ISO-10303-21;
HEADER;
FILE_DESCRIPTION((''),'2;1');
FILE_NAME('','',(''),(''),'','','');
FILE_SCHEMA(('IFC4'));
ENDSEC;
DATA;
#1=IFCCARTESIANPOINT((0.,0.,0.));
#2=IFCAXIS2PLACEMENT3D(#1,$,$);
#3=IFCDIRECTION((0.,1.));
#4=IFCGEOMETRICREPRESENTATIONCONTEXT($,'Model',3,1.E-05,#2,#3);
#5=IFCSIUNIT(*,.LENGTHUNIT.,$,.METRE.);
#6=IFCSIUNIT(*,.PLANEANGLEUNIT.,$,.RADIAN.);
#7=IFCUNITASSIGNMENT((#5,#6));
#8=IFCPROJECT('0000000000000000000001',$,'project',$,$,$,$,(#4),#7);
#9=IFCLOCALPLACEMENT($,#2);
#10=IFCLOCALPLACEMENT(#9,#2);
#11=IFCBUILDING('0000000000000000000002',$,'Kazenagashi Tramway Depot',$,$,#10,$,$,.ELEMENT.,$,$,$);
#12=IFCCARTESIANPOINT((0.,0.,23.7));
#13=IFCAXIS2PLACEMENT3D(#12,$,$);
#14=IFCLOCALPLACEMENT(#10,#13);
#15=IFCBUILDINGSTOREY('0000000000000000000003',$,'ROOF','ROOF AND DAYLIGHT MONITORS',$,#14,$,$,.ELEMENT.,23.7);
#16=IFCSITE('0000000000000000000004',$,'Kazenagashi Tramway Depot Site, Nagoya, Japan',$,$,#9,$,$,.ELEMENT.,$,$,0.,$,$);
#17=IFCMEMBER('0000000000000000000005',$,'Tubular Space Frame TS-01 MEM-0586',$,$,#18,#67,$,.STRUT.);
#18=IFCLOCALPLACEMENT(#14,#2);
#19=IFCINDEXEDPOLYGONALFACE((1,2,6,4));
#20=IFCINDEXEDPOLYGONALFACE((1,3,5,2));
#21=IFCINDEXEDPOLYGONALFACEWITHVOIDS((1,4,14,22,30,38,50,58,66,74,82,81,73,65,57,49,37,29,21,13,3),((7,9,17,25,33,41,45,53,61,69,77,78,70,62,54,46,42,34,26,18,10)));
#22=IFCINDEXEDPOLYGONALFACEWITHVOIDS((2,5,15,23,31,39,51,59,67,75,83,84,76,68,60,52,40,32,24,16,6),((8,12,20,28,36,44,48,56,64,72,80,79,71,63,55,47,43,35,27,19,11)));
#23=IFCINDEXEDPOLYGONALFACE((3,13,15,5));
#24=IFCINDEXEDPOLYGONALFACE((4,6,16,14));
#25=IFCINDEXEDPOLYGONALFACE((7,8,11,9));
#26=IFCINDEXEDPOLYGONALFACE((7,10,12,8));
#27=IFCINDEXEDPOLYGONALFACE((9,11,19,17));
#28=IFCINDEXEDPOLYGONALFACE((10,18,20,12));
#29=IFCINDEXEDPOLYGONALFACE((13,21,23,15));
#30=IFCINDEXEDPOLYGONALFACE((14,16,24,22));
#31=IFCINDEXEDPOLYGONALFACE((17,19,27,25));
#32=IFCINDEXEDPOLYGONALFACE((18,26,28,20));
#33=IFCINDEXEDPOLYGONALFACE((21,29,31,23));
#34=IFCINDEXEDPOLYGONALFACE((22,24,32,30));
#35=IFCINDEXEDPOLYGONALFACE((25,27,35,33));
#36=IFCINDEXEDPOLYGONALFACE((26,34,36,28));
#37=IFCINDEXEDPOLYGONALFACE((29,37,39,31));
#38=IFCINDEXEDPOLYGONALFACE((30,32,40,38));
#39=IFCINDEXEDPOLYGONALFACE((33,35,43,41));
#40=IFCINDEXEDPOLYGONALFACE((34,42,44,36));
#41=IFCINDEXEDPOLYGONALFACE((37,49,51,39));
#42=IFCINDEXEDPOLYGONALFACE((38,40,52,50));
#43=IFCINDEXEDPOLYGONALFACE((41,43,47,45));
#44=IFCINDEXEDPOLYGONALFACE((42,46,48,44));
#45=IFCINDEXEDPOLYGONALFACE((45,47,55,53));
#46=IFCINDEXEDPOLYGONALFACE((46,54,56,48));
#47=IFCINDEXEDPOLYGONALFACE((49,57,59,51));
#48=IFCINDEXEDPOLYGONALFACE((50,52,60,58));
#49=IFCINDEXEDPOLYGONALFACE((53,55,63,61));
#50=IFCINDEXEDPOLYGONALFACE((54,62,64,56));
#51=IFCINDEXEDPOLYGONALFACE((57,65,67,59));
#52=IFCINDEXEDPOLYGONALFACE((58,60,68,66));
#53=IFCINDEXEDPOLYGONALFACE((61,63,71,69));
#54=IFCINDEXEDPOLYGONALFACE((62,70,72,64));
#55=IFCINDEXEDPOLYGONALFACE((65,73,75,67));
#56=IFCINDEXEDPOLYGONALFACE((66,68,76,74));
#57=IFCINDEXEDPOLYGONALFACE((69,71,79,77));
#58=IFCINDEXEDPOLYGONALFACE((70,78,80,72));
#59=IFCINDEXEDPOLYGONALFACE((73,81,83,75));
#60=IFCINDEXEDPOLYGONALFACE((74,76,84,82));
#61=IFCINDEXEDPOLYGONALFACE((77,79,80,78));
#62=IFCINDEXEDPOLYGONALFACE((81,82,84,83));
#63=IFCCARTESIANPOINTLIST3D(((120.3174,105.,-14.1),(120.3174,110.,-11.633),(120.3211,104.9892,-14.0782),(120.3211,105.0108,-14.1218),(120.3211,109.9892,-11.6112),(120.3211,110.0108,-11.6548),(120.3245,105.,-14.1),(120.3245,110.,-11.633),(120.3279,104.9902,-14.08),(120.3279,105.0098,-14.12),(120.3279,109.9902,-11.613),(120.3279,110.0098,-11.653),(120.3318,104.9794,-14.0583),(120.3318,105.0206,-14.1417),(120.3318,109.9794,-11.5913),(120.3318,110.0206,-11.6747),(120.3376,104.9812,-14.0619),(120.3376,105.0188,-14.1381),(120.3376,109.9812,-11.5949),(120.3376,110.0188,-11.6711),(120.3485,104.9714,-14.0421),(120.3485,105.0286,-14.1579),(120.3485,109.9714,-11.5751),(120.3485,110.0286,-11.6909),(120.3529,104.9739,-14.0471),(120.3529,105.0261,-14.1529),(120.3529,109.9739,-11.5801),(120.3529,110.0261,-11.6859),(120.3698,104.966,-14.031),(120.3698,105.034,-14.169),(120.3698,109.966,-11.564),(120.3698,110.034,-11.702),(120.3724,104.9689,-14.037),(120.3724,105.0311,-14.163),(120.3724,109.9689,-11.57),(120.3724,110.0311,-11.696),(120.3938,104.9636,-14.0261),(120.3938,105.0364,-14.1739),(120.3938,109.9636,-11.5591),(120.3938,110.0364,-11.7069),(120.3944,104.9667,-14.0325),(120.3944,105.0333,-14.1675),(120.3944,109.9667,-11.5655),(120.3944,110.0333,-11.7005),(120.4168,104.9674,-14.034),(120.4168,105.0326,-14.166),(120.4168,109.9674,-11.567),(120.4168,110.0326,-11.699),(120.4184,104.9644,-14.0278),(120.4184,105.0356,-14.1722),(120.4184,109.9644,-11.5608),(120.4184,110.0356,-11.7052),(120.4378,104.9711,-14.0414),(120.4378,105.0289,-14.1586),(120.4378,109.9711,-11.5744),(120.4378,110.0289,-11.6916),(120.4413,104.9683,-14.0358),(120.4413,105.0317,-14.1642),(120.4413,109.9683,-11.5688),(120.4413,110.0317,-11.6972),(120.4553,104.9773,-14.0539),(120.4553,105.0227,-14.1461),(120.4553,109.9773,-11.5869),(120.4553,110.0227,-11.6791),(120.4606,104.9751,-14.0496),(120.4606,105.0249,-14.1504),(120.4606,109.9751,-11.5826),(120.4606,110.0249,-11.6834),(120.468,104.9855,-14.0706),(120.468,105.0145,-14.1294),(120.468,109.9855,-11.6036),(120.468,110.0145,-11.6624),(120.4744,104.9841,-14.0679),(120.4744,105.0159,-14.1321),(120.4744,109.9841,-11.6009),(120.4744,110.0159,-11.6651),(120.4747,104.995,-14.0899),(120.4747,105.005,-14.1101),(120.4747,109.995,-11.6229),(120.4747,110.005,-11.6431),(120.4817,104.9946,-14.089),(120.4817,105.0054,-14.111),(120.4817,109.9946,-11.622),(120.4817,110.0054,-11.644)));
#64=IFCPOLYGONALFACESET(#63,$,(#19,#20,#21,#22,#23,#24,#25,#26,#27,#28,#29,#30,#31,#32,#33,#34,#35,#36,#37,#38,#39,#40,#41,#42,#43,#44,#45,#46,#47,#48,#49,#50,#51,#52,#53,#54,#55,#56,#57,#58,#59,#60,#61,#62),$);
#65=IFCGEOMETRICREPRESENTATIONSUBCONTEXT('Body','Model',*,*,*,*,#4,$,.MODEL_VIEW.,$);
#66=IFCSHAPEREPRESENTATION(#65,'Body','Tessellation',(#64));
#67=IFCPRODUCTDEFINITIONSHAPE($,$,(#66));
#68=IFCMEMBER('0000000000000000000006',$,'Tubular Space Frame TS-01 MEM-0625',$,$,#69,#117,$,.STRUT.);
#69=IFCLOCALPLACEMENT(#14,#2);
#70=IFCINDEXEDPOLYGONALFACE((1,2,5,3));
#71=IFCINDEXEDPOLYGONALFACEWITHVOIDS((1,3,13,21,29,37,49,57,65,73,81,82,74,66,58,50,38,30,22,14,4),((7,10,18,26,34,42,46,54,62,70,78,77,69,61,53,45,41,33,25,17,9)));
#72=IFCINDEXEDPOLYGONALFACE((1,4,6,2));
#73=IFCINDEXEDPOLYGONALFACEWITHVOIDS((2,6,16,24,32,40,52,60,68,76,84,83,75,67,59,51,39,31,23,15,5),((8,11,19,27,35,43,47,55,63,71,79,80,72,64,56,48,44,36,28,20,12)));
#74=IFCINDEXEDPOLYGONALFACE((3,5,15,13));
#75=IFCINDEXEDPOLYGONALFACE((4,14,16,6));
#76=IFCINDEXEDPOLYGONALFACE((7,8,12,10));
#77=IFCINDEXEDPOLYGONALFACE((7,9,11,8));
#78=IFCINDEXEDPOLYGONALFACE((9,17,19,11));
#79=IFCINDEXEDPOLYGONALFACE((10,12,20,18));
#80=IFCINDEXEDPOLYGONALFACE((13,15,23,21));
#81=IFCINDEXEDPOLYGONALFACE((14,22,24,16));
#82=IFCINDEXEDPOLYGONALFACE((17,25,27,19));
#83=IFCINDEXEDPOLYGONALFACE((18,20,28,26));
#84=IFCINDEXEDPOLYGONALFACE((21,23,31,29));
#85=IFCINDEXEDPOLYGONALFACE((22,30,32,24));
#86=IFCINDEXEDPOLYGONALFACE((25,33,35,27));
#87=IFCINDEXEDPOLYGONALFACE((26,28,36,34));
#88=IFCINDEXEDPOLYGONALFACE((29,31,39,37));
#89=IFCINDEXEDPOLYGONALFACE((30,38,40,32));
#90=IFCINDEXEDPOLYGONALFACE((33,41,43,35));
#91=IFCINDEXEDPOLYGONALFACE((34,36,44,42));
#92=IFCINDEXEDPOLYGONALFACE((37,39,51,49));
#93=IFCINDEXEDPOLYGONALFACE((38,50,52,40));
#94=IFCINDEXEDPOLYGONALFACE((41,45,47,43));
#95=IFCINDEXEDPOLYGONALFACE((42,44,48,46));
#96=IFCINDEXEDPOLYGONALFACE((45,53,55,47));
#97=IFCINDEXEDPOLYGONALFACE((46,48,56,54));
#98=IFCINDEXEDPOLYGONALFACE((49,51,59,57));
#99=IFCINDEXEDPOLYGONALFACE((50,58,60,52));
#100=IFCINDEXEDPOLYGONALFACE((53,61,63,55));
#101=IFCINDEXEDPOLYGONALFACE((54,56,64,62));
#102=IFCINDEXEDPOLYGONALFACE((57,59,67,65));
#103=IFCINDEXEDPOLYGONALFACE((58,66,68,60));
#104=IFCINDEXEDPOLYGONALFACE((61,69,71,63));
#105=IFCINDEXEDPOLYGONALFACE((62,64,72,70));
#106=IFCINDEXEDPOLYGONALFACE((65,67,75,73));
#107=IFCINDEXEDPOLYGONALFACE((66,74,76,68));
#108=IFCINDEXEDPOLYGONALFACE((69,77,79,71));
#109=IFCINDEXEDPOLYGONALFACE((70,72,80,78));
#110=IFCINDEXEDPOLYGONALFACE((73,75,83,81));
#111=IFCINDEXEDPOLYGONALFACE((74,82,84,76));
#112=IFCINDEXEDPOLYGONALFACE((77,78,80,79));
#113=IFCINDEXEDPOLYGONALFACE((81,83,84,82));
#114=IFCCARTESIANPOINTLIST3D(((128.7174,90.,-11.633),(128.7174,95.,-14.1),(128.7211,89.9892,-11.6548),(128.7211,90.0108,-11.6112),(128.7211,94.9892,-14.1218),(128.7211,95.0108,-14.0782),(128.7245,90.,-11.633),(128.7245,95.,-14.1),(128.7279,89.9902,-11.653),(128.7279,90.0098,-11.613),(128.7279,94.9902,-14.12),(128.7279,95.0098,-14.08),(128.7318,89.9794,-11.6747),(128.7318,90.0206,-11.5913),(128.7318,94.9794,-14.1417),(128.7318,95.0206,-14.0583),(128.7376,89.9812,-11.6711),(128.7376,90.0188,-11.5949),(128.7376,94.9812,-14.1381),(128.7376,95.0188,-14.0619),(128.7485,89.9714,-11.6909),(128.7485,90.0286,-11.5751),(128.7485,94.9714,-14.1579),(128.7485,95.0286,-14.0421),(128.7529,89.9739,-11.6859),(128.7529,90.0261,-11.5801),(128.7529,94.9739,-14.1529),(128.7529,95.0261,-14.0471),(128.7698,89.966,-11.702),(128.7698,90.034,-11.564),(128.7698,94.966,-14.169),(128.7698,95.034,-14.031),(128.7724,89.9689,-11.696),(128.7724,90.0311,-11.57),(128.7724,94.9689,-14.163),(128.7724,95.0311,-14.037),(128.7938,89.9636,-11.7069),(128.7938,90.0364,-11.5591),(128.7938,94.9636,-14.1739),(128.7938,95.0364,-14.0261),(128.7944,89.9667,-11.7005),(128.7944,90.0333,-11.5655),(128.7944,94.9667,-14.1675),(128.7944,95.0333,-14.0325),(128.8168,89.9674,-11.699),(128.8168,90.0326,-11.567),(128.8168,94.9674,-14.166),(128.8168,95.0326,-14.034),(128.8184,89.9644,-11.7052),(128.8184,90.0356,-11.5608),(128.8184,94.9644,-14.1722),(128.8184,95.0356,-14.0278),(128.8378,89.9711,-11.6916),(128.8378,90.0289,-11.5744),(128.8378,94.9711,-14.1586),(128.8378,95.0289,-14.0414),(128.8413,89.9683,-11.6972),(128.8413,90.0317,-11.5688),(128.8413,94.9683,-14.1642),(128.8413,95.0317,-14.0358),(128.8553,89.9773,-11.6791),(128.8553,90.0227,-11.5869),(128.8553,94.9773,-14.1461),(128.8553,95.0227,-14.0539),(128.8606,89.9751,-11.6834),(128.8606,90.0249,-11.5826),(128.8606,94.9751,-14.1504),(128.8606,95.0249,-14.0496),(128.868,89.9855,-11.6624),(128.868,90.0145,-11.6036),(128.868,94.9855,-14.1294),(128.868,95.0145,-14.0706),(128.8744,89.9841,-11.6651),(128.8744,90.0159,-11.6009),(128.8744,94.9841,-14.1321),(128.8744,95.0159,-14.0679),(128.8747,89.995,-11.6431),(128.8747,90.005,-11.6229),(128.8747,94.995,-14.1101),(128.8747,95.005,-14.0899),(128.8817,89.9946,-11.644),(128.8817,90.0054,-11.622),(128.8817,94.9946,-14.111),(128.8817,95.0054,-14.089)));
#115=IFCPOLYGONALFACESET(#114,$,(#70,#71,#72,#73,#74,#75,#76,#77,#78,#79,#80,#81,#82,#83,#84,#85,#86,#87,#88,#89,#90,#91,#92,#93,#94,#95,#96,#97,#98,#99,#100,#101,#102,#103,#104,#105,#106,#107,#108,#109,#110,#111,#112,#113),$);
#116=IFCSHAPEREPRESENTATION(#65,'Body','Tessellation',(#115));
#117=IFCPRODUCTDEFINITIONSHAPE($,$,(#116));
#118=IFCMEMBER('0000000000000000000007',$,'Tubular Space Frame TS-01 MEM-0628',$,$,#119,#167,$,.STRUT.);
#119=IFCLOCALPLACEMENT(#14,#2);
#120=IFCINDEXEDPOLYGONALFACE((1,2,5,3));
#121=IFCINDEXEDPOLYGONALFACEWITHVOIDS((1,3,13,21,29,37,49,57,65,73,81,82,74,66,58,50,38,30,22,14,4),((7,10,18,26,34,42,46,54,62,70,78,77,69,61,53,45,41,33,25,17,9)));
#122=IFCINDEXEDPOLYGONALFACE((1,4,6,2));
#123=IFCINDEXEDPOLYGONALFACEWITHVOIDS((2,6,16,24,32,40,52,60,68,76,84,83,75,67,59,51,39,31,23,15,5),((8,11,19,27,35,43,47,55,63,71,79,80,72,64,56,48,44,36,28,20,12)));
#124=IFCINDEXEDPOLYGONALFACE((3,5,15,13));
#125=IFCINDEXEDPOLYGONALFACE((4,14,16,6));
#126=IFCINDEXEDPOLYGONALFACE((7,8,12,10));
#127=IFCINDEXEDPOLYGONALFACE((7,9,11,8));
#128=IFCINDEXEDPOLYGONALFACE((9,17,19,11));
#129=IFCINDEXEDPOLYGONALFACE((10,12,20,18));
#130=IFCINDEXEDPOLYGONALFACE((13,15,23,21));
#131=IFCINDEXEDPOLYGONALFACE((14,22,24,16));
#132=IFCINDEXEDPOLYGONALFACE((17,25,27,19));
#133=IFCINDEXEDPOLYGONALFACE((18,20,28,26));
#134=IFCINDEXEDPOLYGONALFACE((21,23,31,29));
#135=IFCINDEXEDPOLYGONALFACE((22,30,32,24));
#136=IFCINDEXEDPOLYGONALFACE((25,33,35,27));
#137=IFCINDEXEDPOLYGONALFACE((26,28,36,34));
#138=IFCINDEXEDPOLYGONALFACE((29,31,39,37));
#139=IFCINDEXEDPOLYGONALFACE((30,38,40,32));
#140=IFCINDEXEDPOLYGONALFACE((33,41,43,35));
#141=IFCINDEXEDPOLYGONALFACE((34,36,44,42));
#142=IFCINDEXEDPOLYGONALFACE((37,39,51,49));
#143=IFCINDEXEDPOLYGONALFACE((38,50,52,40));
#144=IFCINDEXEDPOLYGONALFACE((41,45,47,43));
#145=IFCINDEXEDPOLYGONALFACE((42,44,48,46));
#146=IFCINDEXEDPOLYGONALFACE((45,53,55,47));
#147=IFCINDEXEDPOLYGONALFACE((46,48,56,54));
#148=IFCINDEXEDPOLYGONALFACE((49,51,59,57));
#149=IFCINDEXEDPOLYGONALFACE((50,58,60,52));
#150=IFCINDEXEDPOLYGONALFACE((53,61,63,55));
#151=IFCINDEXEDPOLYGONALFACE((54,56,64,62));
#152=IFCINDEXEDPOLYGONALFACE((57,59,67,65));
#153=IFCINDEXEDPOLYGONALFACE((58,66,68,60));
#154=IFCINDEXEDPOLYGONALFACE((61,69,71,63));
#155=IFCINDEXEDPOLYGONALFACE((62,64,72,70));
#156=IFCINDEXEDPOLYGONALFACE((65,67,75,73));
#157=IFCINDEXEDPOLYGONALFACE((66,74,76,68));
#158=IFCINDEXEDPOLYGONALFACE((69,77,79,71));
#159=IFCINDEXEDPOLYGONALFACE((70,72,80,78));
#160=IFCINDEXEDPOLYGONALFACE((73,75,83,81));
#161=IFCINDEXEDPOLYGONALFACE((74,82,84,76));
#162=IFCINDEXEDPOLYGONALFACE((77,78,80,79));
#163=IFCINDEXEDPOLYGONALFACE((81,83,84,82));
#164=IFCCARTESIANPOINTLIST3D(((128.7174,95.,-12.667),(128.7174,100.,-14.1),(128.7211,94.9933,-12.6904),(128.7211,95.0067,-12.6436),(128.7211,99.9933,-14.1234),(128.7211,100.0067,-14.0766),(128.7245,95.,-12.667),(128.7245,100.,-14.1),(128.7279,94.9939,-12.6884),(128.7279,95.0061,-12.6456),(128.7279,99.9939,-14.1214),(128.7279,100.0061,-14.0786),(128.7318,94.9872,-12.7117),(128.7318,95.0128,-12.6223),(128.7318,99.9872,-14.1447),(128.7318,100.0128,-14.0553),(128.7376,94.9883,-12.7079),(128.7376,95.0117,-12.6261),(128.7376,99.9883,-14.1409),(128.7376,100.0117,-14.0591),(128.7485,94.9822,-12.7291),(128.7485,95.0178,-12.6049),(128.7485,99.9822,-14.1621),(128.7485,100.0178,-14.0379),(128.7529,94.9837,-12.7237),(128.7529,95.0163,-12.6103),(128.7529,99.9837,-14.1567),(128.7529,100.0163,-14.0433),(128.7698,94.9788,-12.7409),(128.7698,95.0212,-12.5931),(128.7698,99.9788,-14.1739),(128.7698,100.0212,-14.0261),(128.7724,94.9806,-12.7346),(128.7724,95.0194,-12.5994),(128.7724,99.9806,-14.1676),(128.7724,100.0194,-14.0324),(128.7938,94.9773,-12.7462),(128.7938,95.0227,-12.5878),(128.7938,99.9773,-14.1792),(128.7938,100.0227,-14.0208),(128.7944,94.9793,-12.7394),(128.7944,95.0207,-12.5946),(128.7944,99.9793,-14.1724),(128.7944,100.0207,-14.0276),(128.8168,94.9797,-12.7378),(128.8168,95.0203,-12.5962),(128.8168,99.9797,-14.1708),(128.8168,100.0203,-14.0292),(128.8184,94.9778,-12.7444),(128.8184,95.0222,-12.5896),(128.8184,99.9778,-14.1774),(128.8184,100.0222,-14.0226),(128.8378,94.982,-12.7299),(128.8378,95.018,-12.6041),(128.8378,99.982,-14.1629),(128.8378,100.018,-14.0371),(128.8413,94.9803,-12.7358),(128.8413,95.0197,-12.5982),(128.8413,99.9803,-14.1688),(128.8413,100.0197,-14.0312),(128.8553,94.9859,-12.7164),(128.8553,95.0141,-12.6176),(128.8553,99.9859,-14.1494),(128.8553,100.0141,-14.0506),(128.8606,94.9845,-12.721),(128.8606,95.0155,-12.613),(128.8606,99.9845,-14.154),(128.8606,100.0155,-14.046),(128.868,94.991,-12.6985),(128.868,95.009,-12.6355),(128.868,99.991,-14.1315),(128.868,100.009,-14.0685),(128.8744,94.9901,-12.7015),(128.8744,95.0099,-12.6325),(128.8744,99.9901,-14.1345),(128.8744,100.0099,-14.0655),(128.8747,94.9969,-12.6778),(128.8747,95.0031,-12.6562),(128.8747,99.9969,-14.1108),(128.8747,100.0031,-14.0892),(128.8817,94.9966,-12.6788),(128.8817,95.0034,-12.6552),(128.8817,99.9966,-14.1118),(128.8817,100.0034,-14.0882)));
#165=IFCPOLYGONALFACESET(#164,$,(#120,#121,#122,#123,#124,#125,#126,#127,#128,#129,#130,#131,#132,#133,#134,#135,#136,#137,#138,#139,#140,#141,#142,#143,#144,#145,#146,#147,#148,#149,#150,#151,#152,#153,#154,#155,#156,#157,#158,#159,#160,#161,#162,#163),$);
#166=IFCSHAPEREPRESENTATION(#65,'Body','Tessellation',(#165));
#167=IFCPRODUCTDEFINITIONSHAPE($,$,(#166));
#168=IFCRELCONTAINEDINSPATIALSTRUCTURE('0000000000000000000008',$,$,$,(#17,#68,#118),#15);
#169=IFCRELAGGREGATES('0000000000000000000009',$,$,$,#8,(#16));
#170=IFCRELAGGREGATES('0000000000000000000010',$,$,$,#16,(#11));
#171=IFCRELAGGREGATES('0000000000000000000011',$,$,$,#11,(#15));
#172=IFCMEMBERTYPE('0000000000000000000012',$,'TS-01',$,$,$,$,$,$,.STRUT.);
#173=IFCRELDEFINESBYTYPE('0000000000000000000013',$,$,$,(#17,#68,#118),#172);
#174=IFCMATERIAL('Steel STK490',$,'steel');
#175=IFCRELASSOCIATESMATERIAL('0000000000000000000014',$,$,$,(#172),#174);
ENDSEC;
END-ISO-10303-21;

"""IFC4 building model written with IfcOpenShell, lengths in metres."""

from ifc_helpers import new_model, si_unit, direction, frame, origin, origin_2d, place, context, subcontext, project, spatial, hollow_circle, extrude, material, material_profile, profile_set, type_object, element, save


model = new_model("IFC4")

# Units and contexts
model_context = context("Model", 3, precision=1e-05, world=origin(), true_north=direction((0.0, 1.0)))
body_context = subcontext(model_context, "Body", "Model", "MODEL_VIEW")
ifc_project = project(units=[si_unit("LENGTHUNIT", "METRE"), si_unit("PLANEANGLEUNIT", "RADIAN")], contexts=[model_context])

# Site, building, storey
site_placement = place(None, origin())
site = spatial("IfcSite", under=ifc_project, at=site_placement, Name="Kazenagashi Tramway Depot Site, Nagoya, Japan", CompositionType="ELEMENT", RefElevation=0.0)
building_placement = place(site_placement, origin())
building = spatial("IfcBuilding", under=site, at=building_placement, Name="Kazenagashi Tramway Depot", CompositionType="ELEMENT")
storey_placement = place(building_placement, frame((0.0, 0.0, 23.7)))
storey = spatial("IfcBuildingStorey", under=building, at=storey_placement, Name="ROOF", Description="ROOF AND DAYLIGHT MONITORS", CompositionType="ELEMENT", Elevation=23.7)

# Members
ifc_material_1 = material(Name="Steel STK490", Category="steel")
ifc_material_profile_1 = material_profile(ifc_material_1, hollow_circle(Radius=0.0826, WallThickness=0.0071, at=origin_2d()), Name="CHS-165.2x7.1")
ifc_profile_set_1 = profile_set([ifc_material_profile_1], Name="Steel STK490")
member_type_1 = type_object("IfcMemberType", Name="TS-01", PredefinedType="STRUT", material=ifc_profile_set_1)
for number, where, z_axis, x_axis, name in (
    (1, (120.4, 105.0, -14.1), (0.0, 0.896782, 0.442472), (-1.0, 0.0, 0.0), "Tubular Space Frame TS-01 MEM-0586"),
    (2, (128.8, 90.0, -11.633), (0.0, 0.896782, -0.442472), (-1.0, 0.0, 0.0), "Tubular Space Frame TS-01 MEM-0625"),
):
    element("IfcMember", number, at=place(storey_placement, frame(where, z_axis=z_axis, x_axis=x_axis)), inside=storey, type_object=member_type_1, Name=name, PredefinedType="STRUT", context=body_context, shape_type="SweptSolid", body=[
        extrude(hollow_circle(Radius=0.0826, WallThickness=0.0071, at=origin_2d()), origin(), (0.0, 0.0, 1.0), 5.5755),
    ])
for number, where, z_axis, x_axis, name in (
    (3, (128.8, 95.0, -12.667), (0.0, 0.961299, -0.275508), (-1.0, 0.0, 0.0), "Tubular Space Frame TS-01 MEM-0628"),
):
    element("IfcMember", number, at=place(storey_placement, frame(where, z_axis=z_axis, x_axis=x_axis)), inside=storey, type_object=member_type_1, Name=name, PredefinedType="STRUT", context=body_context, shape_type="SweptSolid", body=[
        extrude(hollow_circle(Radius=0.0826, WallThickness=0.0071, at=origin_2d()), origin(), (0.0, 0.0, 1.0), 5.2013),
    ])

save(model, "model.ifc")
